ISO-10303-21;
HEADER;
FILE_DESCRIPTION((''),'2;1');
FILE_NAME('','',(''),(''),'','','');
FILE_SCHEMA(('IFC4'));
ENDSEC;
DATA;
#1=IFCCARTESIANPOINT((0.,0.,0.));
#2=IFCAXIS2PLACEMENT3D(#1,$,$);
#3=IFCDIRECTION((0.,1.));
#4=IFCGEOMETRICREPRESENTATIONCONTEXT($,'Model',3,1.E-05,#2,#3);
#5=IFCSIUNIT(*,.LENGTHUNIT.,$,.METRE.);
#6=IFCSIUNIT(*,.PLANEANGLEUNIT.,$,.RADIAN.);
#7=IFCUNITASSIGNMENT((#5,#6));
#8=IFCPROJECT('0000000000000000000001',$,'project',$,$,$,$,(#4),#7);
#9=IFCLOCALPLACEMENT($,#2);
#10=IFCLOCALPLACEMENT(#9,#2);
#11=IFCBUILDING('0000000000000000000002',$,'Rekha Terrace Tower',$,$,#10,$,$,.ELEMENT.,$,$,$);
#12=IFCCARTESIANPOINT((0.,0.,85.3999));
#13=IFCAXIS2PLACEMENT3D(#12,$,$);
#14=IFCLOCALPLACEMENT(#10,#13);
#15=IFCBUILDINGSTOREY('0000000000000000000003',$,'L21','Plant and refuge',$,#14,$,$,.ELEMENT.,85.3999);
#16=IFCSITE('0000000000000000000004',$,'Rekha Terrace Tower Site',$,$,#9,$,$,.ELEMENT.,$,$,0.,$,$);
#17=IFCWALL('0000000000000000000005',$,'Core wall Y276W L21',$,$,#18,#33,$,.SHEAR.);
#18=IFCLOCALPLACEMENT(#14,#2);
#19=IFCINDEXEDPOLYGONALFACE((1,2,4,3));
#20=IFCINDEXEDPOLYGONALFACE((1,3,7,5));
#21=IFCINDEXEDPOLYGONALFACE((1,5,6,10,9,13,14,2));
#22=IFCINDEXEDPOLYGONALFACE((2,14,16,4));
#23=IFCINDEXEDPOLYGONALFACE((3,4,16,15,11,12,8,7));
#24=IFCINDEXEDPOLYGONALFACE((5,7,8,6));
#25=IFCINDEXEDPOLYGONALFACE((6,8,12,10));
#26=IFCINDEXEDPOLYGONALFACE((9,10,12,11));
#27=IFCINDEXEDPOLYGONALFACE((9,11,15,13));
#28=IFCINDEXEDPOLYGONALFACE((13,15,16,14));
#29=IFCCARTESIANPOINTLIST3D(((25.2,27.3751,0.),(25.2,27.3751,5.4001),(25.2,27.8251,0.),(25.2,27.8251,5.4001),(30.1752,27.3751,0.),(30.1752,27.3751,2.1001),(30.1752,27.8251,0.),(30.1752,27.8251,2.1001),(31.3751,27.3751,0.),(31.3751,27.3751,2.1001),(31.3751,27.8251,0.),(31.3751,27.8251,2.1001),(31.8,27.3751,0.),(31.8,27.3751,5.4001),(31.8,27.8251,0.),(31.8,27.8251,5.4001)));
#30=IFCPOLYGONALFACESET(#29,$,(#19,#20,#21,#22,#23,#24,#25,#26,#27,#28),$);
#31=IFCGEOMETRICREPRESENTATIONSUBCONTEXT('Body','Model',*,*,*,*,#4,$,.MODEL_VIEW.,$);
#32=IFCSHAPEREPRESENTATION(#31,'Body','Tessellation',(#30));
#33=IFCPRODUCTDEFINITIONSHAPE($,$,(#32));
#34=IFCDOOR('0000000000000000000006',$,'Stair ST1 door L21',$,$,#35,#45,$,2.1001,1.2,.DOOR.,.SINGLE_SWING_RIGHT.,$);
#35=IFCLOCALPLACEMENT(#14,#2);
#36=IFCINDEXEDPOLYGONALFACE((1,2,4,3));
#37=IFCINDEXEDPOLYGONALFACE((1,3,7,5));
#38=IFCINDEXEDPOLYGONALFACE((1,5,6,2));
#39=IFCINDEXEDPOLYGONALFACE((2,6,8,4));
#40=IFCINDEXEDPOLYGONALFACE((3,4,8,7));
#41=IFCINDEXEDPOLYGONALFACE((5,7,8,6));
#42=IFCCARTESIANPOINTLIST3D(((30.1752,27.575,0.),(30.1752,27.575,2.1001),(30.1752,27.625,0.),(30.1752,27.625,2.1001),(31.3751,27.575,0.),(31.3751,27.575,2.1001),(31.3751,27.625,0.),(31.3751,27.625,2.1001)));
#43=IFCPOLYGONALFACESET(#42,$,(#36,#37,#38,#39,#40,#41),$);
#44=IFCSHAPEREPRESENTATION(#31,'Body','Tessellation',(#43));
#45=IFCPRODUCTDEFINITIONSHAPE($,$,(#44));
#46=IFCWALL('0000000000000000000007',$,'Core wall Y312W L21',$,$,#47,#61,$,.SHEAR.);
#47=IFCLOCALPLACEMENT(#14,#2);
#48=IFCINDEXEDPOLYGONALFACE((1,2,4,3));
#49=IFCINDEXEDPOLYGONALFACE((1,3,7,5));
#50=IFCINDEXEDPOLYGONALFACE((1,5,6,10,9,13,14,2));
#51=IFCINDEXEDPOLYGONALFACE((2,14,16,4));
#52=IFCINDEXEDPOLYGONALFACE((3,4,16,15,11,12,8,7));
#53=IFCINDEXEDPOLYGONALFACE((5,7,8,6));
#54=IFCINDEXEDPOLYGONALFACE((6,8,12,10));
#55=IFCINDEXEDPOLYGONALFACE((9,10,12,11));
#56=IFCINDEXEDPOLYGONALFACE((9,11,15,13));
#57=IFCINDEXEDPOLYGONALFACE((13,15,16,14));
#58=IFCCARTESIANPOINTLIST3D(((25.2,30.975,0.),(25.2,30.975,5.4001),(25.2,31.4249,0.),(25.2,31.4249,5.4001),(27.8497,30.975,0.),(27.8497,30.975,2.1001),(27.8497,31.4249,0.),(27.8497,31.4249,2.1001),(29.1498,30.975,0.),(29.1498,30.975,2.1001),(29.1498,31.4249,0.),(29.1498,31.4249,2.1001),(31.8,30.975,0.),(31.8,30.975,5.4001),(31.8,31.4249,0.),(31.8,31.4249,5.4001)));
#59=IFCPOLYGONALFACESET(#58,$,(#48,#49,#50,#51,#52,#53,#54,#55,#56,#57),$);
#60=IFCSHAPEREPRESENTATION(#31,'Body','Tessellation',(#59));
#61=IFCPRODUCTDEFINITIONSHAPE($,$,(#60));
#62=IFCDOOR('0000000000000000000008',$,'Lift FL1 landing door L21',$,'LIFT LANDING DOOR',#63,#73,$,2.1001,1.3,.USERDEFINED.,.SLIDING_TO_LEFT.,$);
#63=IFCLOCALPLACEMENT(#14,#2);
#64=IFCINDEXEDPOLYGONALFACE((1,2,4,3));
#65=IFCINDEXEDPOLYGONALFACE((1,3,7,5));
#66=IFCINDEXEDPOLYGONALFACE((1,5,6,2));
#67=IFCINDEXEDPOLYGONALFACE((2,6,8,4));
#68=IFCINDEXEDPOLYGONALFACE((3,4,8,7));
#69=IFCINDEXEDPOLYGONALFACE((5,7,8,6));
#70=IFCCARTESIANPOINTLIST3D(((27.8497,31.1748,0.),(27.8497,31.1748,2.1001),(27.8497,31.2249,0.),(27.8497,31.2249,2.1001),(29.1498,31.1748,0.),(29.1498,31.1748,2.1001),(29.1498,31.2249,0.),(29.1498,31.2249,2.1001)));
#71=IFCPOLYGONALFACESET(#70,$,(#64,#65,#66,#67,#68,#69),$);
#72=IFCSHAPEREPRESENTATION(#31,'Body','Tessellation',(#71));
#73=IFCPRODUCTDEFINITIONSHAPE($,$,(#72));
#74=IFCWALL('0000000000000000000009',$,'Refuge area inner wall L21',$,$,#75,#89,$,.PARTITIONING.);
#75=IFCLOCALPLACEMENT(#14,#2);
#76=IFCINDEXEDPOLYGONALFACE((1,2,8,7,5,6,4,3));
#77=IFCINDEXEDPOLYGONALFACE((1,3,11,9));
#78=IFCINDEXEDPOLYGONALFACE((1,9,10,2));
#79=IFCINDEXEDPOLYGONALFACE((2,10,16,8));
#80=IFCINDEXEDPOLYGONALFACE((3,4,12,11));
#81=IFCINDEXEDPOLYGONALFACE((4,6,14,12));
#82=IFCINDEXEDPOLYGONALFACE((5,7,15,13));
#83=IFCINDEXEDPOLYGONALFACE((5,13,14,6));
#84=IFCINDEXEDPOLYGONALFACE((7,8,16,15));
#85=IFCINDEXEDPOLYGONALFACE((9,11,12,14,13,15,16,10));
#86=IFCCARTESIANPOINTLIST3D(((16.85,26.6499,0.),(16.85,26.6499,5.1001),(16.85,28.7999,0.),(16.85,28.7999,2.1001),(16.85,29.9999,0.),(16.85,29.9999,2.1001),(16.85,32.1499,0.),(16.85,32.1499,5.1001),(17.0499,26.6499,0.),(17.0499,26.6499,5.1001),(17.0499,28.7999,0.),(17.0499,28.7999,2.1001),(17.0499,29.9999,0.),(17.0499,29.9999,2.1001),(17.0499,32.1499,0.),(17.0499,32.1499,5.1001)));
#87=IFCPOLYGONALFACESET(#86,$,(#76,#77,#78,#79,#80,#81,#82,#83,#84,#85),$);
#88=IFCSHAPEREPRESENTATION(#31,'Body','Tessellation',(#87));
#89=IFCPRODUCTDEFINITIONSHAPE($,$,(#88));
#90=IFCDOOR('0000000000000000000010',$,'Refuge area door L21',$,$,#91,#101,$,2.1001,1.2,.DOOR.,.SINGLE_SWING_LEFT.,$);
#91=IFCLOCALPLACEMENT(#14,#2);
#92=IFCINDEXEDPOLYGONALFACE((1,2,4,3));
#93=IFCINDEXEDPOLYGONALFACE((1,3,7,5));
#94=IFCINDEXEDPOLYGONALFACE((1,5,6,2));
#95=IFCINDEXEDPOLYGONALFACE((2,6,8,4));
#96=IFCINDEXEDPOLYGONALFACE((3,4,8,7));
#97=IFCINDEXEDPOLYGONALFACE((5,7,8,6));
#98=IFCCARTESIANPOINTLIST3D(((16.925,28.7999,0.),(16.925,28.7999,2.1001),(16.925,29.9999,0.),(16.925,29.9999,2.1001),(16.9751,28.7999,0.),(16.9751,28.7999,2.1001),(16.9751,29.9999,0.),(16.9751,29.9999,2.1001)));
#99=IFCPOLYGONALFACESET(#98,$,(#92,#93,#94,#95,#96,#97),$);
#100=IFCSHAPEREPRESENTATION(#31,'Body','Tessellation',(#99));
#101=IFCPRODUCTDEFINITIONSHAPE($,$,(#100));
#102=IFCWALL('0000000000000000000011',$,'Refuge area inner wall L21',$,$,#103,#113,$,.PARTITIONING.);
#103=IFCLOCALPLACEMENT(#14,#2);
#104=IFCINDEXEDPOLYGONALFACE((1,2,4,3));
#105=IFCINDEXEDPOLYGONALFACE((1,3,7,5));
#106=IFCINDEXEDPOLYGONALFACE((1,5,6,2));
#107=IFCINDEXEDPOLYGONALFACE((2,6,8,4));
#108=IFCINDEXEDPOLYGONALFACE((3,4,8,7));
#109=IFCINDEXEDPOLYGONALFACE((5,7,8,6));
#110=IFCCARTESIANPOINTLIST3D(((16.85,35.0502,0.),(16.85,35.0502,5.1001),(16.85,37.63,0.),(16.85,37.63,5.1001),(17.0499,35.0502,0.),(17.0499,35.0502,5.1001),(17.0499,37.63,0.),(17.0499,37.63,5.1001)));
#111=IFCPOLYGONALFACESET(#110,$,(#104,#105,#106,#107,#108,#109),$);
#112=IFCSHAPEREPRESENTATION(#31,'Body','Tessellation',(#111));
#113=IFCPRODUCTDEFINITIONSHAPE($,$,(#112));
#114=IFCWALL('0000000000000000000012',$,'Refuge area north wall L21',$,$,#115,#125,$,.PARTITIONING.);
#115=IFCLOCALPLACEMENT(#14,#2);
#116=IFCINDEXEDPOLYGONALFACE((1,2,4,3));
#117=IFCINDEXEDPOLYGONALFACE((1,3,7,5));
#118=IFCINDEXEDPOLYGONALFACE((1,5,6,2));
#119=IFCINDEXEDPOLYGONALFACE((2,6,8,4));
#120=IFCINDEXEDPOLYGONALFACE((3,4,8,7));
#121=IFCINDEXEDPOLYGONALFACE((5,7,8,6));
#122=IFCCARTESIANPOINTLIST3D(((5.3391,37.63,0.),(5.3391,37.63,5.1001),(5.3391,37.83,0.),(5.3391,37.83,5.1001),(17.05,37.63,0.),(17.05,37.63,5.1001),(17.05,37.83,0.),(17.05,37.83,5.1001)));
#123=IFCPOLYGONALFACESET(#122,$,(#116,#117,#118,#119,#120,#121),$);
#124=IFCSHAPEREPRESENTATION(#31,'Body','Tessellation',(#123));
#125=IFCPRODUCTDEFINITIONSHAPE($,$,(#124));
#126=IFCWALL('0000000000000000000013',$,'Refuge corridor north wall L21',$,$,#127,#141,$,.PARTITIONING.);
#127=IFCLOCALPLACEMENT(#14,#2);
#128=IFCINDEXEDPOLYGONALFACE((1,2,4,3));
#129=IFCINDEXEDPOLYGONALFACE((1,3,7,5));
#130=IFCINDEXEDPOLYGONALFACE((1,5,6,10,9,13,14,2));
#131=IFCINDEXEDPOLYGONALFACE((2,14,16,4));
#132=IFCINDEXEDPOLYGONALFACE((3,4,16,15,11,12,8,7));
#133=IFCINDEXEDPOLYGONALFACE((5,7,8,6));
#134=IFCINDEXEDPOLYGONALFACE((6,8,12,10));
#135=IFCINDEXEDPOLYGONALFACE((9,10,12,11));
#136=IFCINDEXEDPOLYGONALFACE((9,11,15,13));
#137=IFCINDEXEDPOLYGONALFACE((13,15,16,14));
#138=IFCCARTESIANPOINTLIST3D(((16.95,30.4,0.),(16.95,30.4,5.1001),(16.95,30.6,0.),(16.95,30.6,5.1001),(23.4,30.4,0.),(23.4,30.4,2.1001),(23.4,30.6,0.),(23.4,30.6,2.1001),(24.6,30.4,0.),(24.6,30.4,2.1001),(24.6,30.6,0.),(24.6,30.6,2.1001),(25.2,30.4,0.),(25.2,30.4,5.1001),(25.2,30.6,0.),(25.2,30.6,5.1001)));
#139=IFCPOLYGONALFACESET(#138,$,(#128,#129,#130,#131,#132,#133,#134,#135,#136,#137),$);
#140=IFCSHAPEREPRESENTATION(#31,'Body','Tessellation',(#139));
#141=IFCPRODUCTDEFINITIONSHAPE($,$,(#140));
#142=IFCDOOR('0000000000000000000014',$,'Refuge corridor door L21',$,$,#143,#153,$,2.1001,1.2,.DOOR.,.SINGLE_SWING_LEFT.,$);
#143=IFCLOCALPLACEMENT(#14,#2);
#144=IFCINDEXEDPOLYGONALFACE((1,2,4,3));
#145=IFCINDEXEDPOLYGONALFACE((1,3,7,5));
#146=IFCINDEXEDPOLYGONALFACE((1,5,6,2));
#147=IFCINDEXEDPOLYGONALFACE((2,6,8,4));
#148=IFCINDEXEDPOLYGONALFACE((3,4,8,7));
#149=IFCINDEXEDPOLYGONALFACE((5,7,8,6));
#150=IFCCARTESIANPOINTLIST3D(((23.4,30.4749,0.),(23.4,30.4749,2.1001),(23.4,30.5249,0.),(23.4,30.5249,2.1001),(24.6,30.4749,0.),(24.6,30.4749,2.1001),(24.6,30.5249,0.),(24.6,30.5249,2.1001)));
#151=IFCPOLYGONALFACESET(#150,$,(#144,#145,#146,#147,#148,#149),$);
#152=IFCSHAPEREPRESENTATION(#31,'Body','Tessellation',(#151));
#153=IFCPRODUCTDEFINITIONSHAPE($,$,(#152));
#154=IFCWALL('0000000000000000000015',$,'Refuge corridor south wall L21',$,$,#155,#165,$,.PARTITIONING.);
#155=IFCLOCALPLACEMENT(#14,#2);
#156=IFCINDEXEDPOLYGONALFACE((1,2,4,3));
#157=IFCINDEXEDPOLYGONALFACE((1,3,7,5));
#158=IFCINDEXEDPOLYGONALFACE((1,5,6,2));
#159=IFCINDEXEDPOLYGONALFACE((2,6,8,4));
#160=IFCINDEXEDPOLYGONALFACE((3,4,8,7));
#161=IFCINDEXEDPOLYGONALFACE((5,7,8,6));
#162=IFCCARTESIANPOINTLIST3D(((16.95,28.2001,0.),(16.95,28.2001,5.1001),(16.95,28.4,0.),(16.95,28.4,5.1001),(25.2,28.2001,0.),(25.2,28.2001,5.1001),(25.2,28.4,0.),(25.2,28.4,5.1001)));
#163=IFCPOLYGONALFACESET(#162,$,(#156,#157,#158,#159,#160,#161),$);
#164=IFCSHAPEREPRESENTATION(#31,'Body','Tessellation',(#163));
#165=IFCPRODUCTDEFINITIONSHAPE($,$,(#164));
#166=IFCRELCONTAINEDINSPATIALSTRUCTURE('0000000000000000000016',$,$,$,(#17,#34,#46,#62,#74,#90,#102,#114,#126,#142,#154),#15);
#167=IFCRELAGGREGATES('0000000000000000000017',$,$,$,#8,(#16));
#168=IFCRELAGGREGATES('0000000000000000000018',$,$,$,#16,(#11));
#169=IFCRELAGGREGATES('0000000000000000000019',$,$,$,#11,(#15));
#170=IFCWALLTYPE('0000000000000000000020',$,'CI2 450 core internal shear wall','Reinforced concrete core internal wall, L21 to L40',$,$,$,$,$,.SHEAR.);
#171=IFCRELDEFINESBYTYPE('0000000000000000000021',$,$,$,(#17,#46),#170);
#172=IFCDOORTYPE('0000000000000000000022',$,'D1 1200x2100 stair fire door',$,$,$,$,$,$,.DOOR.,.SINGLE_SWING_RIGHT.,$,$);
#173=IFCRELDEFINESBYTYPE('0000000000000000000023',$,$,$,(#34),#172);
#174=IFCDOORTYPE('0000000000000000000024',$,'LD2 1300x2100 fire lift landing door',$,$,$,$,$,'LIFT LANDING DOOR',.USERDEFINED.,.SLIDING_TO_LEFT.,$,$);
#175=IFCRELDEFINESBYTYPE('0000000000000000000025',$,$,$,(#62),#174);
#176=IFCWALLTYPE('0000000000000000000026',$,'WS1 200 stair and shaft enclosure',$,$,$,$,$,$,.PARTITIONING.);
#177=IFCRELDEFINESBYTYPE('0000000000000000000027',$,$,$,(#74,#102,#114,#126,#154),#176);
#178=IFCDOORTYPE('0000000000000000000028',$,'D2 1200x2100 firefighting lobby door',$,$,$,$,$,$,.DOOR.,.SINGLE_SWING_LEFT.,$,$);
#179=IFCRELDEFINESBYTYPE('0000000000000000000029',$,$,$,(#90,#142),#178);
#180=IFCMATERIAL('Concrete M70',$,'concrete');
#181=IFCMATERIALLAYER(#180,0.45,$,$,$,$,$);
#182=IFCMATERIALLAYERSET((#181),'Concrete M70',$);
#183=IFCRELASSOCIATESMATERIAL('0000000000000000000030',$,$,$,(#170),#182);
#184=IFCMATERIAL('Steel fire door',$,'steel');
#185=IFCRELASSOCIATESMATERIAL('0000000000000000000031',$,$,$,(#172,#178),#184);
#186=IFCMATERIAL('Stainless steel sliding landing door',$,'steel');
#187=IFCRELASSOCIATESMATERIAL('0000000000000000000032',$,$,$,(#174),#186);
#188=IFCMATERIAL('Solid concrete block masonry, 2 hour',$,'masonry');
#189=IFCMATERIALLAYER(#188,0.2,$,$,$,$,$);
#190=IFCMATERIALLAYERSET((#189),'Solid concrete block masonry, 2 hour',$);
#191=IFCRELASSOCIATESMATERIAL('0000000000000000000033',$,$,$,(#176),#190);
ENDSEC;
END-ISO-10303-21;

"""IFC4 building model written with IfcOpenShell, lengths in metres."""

from ifc_helpers import new_model, si_unit, direction, frame, frame_2d, origin, place, context, subcontext, project, spatial, rectangle, extrude, material, layer, layer_set, type_object, element, fill, save


model = new_model("IFC4")

# Units and contexts
model_context = context("Model", 3, precision=1e-05, world=origin(), true_north=direction((0.0, 1.0)))
body_context = subcontext(model_context, "Body", "Model", "MODEL_VIEW")
ifc_project = project(units=[si_unit("LENGTHUNIT", "METRE"), si_unit("PLANEANGLEUNIT", "RADIAN")], contexts=[model_context])

# Site, building, storey
site_placement = place(None, origin())
site = spatial("IfcSite", under=ifc_project, at=site_placement, Name="Rekha Terrace Tower Site", CompositionType="ELEMENT", RefElevation=0.0)
building_placement = place(site_placement, origin())
building = spatial("IfcBuilding", under=site, at=building_placement, Name="Rekha Terrace Tower", CompositionType="ELEMENT")
storey_placement = place(building_placement, frame((0.0, 0.0, 85.3999)))
storey = spatial("IfcBuildingStorey", under=building, at=storey_placement, Name="L21", Description="Plant and refuge", CompositionType="ELEMENT", Elevation=85.3999)

# Shared definitions
ifc_material_1 = material(Name="Concrete M70", Category="concrete")

# Walls, openings, doors
ifc_layer_1 = layer(ifc_material_1, 0.45)
ifc_layer_set_1 = layer_set([ifc_layer_1], Name="Concrete M70")
wall_type_1 = type_object("IfcWallType", Name="CI2 450 core internal shear wall", Description="Reinforced concrete core internal wall, L21 to L40", PredefinedType="SHEAR", material=ifc_layer_set_1)
wall_1_placement = place(storey_placement, frame((25.2, 27.6001, 0.0), z_axis=(0.0, 0.0, 1.0), x_axis=(1.0, 0.0, 0.0)))
wall_1 = element("IfcWall", 1, at=wall_1_placement, inside=storey, type_object=wall_type_1, Name="Core wall Y276W L21", PredefinedType="SHEAR", context=body_context, shape_type="SweptSolid", body=[
    extrude(rectangle(XDim=6.6001, YDim=0.45, at=frame_2d((3.3, 0.0))), origin(), (0.0, 0.0, 1.0), 5.4001),
])
opening_1_placement = place(wall_1_placement, frame((4.9751, 0.0, 0.0)))
opening_1 = element("IfcOpeningElement", 2, at=opening_1_placement, cuts=wall_1, PredefinedType="OPENING", context=body_context, shape_type="SweptSolid", body=[
    extrude(rectangle(XDim=1.2, YDim=2.1001, at=frame_2d((0.6001, 1.05))), frame((0.0, 0.2349, 0.0), z_axis=(0.0, -1.0, 0.0), x_axis=(1.0, 0.0, 0.0)), (0.0, 0.0, 1.0), 0.47),
])
ifc_material_2 = material(Name="Steel fire door", Category="steel")
door_type_1 = type_object("IfcDoorType", Name="D1 1200x2100 stair fire door", OperationType="SINGLE_SWING_RIGHT", PredefinedType="DOOR", material=ifc_material_2)
door_1_placement = place(opening_1_placement, origin())
door_1 = element("IfcDoor", 3, at=door_1_placement, inside=storey, type_object=door_type_1, Name="Stair ST1 door L21", OperationType="SINGLE_SWING_RIGHT", OverallHeight=2.1001, OverallWidth=1.2, PredefinedType="DOOR", context=body_context, shape_type="SweptSolid", body=[
    extrude(rectangle(XDim=1.2, YDim=2.1001, at=frame_2d((0.6001, 1.05))), frame((0.0, 0.0249, 0.0), z_axis=(0.0, -1.0, 0.0), x_axis=(1.0, 0.0, 0.0)), (0.0, 0.0, 1.0), 0.05),
])
fill(opening_1, door_1)
wall_2_placement = place(storey_placement, frame((25.2, 31.2, 0.0), z_axis=(0.0, 0.0, 1.0), x_axis=(1.0, 0.0, 0.0)))
wall_2 = element("IfcWall", 4, at=wall_2_placement, inside=storey, type_object=wall_type_1, Name="Core wall Y312W L21", PredefinedType="SHEAR", context=body_context, shape_type="SweptSolid", body=[
    extrude(rectangle(XDim=6.6001, YDim=0.45, at=frame_2d((3.3, 0.0))), origin(), (0.0, 0.0, 1.0), 5.4001),
])
opening_2_placement = place(wall_2_placement, frame((2.6499, 0.0, 0.0)))
opening_2 = element("IfcOpeningElement", 5, at=opening_2_placement, cuts=wall_2, PredefinedType="OPENING", context=body_context, shape_type="SweptSolid", body=[
    extrude(rectangle(XDim=1.3, YDim=2.1001, at=frame_2d((0.6499, 1.05))), frame((0.0, 0.2349, 0.0), z_axis=(0.0, -1.0, 0.0), x_axis=(1.0, 0.0, 0.0)), (0.0, 0.0, 1.0), 0.47),
])
ifc_material_3 = material(Name="Stainless steel sliding landing door", Category="steel")
door_type_2 = type_object("IfcDoorType", Name="LD2 1300x2100 fire lift landing door", ElementType="LIFT LANDING DOOR", OperationType="SLIDING_TO_LEFT", PredefinedType="USERDEFINED", material=ifc_material_3)
door_2_placement = place(opening_2_placement, origin())
door_2 = element("IfcDoor", 6, at=door_2_placement, inside=storey, type_object=door_type_2, Name="Lift FL1 landing door L21", ObjectType="LIFT LANDING DOOR", OperationType="SLIDING_TO_LEFT", OverallHeight=2.1001, OverallWidth=1.3, PredefinedType="USERDEFINED", context=body_context, shape_type="SweptSolid", body=[
    extrude(rectangle(XDim=1.3, YDim=2.1001, at=frame_2d((0.6499, 1.05))), frame((0.0, 0.0249, 0.0), z_axis=(0.0, -1.0, 0.0), x_axis=(1.0, 0.0, 0.0)), (0.0, 0.0, 1.0), 0.05),
])
fill(opening_2, door_2)
ifc_material_4 = material(Name="Solid concrete block masonry, 2 hour", Category="masonry")
ifc_layer_2 = layer(ifc_material_4, 0.2)
ifc_layer_set_2 = layer_set([ifc_layer_2], Name="Solid concrete block masonry, 2 hour")
wall_type_2 = type_object("IfcWallType", Name="WS1 200 stair and shaft enclosure", PredefinedType="PARTITIONING", material=ifc_layer_set_2)
wall_3_placement = place(storey_placement, frame((16.95, 26.6499, 0.0), z_axis=(0.0, 0.0, 1.0), x_axis=(0.0, 1.0, 0.0)))
wall_3 = element("IfcWall", 7, at=wall_3_placement, inside=storey, type_object=wall_type_2, Name="Refuge area inner wall L21", PredefinedType="PARTITIONING", context=body_context, shape_type="SweptSolid", body=[
    extrude(rectangle(XDim=5.5, YDim=0.2, at=frame_2d((2.75, 0.0))), origin(), (0.0, 0.0, 1.0), 5.1001),
])
opening_3_placement = place(wall_3_placement, frame((2.1499, 0.0, 0.0)))
opening_3 = element("IfcOpeningElement", 8, at=opening_3_placement, cuts=wall_3, PredefinedType="OPENING", context=body_context, shape_type="SweptSolid", body=[
    extrude(rectangle(XDim=1.2, YDim=2.1001, at=frame_2d((0.6001, 1.05))), frame((0.0, 0.1099, 0.0), z_axis=(0.0, -1.0, 0.0), x_axis=(1.0, 0.0, 0.0)), (0.0, 0.0, 1.0), 0.22),
])
door_type_3 = type_object("IfcDoorType", Name="D2 1200x2100 firefighting lobby door", OperationType="SINGLE_SWING_LEFT", PredefinedType="DOOR", material=ifc_material_2)
door_3_placement = place(opening_3_placement, origin())
door_3 = element("IfcDoor", 9, at=door_3_placement, inside=storey, type_object=door_type_3, Name="Refuge area door L21", OperationType="SINGLE_SWING_LEFT", OverallHeight=2.1001, OverallWidth=1.2, PredefinedType="DOOR", context=body_context, shape_type="SweptSolid", body=[
    extrude(rectangle(XDim=1.2, YDim=2.1001, at=frame_2d((0.6001, 1.05))), frame((0.0, 0.0249, 0.0), z_axis=(0.0, -1.0, 0.0), x_axis=(1.0, 0.0, 0.0)), (0.0, 0.0, 1.0), 0.05),
])
fill(opening_3, door_3)

# Walls
wall_4_placement = place(storey_placement, frame((16.95, 35.05, 0.0), z_axis=(0.0, 0.0, 1.0), x_axis=(0.0, 1.0, 0.0)))
element("IfcWall", 10, at=wall_4_placement, inside=storey, type_object=wall_type_2, Name="Refuge area inner wall L21", PredefinedType="PARTITIONING", context=body_context, shape_type="SweptSolid", body=[
    extrude(rectangle(XDim=2.5798, YDim=0.2, at=frame_2d((1.29, 0.0))), origin(), (0.0, 0.0, 1.0), 5.1001),
])
wall_5_placement = place(storey_placement, frame((5.3391, 37.73, 0.0), z_axis=(0.0, 0.0, 1.0), x_axis=(1.0, 0.0, 0.0)))
element("IfcWall", 11, at=wall_5_placement, inside=storey, type_object=wall_type_2, Name="Refuge area north wall L21", PredefinedType="PARTITIONING", context=body_context, shape_type="SweptSolid", body=[
    extrude(rectangle(XDim=11.7109, YDim=0.2, at=frame_2d((5.8555, 0.0))), origin(), (0.0, 0.0, 1.0), 5.1001),
])

# Wall, opening, door
wall_6_placement = place(storey_placement, frame((16.95, 30.5, 0.0), z_axis=(0.0, 0.0, 1.0), x_axis=(1.0, 0.0, 0.0)))
wall_6 = element("IfcWall", 12, at=wall_6_placement, inside=storey, type_object=wall_type_2, Name="Refuge corridor north wall L21", PredefinedType="PARTITIONING", context=body_context, shape_type="SweptSolid", body=[
    extrude(rectangle(XDim=8.25, YDim=0.2, at=frame_2d((4.125, 0.0))), origin(), (0.0, 0.0, 1.0), 5.1001),
])
opening_4_placement = place(wall_6_placement, frame((6.45, 0.0, 0.0)))
opening_4 = element("IfcOpeningElement", 13, at=opening_4_placement, cuts=wall_6, PredefinedType="OPENING", context=body_context, shape_type="SweptSolid", body=[
    extrude(rectangle(XDim=1.2, YDim=2.1001, at=frame_2d((0.6001, 1.05))), frame((0.0, 0.1099, 0.0), z_axis=(0.0, -1.0, 0.0), x_axis=(1.0, 0.0, 0.0)), (0.0, 0.0, 1.0), 0.22),
])
door_4_placement = place(opening_4_placement, origin())
door_4 = element("IfcDoor", 14, at=door_4_placement, inside=storey, type_object=door_type_3, Name="Refuge corridor door L21", OperationType="SINGLE_SWING_LEFT", OverallHeight=2.1001, OverallWidth=1.2, PredefinedType="DOOR", context=body_context, shape_type="SweptSolid", body=[
    extrude(rectangle(XDim=1.2, YDim=2.1001, at=frame_2d((0.6001, 1.05))), frame((0.0, 0.0249, 0.0), z_axis=(0.0, -1.0, 0.0), x_axis=(1.0, 0.0, 0.0)), (0.0, 0.0, 1.0), 0.05),
])
fill(opening_4, door_4)

# Wall
wall_7_placement = place(storey_placement, frame((16.95, 28.3, 0.0), z_axis=(0.0, 0.0, 1.0), x_axis=(1.0, 0.0, 0.0)))
element("IfcWall", 15, at=wall_7_placement, inside=storey, type_object=wall_type_2, Name="Refuge corridor south wall L21", PredefinedType="PARTITIONING", context=body_context, shape_type="SweptSolid", body=[
    extrude(rectangle(XDim=8.25, YDim=0.2, at=frame_2d((4.125, 0.0))), origin(), (0.0, 0.0, 1.0), 5.1001),
])

save(model, "model.ifc")
